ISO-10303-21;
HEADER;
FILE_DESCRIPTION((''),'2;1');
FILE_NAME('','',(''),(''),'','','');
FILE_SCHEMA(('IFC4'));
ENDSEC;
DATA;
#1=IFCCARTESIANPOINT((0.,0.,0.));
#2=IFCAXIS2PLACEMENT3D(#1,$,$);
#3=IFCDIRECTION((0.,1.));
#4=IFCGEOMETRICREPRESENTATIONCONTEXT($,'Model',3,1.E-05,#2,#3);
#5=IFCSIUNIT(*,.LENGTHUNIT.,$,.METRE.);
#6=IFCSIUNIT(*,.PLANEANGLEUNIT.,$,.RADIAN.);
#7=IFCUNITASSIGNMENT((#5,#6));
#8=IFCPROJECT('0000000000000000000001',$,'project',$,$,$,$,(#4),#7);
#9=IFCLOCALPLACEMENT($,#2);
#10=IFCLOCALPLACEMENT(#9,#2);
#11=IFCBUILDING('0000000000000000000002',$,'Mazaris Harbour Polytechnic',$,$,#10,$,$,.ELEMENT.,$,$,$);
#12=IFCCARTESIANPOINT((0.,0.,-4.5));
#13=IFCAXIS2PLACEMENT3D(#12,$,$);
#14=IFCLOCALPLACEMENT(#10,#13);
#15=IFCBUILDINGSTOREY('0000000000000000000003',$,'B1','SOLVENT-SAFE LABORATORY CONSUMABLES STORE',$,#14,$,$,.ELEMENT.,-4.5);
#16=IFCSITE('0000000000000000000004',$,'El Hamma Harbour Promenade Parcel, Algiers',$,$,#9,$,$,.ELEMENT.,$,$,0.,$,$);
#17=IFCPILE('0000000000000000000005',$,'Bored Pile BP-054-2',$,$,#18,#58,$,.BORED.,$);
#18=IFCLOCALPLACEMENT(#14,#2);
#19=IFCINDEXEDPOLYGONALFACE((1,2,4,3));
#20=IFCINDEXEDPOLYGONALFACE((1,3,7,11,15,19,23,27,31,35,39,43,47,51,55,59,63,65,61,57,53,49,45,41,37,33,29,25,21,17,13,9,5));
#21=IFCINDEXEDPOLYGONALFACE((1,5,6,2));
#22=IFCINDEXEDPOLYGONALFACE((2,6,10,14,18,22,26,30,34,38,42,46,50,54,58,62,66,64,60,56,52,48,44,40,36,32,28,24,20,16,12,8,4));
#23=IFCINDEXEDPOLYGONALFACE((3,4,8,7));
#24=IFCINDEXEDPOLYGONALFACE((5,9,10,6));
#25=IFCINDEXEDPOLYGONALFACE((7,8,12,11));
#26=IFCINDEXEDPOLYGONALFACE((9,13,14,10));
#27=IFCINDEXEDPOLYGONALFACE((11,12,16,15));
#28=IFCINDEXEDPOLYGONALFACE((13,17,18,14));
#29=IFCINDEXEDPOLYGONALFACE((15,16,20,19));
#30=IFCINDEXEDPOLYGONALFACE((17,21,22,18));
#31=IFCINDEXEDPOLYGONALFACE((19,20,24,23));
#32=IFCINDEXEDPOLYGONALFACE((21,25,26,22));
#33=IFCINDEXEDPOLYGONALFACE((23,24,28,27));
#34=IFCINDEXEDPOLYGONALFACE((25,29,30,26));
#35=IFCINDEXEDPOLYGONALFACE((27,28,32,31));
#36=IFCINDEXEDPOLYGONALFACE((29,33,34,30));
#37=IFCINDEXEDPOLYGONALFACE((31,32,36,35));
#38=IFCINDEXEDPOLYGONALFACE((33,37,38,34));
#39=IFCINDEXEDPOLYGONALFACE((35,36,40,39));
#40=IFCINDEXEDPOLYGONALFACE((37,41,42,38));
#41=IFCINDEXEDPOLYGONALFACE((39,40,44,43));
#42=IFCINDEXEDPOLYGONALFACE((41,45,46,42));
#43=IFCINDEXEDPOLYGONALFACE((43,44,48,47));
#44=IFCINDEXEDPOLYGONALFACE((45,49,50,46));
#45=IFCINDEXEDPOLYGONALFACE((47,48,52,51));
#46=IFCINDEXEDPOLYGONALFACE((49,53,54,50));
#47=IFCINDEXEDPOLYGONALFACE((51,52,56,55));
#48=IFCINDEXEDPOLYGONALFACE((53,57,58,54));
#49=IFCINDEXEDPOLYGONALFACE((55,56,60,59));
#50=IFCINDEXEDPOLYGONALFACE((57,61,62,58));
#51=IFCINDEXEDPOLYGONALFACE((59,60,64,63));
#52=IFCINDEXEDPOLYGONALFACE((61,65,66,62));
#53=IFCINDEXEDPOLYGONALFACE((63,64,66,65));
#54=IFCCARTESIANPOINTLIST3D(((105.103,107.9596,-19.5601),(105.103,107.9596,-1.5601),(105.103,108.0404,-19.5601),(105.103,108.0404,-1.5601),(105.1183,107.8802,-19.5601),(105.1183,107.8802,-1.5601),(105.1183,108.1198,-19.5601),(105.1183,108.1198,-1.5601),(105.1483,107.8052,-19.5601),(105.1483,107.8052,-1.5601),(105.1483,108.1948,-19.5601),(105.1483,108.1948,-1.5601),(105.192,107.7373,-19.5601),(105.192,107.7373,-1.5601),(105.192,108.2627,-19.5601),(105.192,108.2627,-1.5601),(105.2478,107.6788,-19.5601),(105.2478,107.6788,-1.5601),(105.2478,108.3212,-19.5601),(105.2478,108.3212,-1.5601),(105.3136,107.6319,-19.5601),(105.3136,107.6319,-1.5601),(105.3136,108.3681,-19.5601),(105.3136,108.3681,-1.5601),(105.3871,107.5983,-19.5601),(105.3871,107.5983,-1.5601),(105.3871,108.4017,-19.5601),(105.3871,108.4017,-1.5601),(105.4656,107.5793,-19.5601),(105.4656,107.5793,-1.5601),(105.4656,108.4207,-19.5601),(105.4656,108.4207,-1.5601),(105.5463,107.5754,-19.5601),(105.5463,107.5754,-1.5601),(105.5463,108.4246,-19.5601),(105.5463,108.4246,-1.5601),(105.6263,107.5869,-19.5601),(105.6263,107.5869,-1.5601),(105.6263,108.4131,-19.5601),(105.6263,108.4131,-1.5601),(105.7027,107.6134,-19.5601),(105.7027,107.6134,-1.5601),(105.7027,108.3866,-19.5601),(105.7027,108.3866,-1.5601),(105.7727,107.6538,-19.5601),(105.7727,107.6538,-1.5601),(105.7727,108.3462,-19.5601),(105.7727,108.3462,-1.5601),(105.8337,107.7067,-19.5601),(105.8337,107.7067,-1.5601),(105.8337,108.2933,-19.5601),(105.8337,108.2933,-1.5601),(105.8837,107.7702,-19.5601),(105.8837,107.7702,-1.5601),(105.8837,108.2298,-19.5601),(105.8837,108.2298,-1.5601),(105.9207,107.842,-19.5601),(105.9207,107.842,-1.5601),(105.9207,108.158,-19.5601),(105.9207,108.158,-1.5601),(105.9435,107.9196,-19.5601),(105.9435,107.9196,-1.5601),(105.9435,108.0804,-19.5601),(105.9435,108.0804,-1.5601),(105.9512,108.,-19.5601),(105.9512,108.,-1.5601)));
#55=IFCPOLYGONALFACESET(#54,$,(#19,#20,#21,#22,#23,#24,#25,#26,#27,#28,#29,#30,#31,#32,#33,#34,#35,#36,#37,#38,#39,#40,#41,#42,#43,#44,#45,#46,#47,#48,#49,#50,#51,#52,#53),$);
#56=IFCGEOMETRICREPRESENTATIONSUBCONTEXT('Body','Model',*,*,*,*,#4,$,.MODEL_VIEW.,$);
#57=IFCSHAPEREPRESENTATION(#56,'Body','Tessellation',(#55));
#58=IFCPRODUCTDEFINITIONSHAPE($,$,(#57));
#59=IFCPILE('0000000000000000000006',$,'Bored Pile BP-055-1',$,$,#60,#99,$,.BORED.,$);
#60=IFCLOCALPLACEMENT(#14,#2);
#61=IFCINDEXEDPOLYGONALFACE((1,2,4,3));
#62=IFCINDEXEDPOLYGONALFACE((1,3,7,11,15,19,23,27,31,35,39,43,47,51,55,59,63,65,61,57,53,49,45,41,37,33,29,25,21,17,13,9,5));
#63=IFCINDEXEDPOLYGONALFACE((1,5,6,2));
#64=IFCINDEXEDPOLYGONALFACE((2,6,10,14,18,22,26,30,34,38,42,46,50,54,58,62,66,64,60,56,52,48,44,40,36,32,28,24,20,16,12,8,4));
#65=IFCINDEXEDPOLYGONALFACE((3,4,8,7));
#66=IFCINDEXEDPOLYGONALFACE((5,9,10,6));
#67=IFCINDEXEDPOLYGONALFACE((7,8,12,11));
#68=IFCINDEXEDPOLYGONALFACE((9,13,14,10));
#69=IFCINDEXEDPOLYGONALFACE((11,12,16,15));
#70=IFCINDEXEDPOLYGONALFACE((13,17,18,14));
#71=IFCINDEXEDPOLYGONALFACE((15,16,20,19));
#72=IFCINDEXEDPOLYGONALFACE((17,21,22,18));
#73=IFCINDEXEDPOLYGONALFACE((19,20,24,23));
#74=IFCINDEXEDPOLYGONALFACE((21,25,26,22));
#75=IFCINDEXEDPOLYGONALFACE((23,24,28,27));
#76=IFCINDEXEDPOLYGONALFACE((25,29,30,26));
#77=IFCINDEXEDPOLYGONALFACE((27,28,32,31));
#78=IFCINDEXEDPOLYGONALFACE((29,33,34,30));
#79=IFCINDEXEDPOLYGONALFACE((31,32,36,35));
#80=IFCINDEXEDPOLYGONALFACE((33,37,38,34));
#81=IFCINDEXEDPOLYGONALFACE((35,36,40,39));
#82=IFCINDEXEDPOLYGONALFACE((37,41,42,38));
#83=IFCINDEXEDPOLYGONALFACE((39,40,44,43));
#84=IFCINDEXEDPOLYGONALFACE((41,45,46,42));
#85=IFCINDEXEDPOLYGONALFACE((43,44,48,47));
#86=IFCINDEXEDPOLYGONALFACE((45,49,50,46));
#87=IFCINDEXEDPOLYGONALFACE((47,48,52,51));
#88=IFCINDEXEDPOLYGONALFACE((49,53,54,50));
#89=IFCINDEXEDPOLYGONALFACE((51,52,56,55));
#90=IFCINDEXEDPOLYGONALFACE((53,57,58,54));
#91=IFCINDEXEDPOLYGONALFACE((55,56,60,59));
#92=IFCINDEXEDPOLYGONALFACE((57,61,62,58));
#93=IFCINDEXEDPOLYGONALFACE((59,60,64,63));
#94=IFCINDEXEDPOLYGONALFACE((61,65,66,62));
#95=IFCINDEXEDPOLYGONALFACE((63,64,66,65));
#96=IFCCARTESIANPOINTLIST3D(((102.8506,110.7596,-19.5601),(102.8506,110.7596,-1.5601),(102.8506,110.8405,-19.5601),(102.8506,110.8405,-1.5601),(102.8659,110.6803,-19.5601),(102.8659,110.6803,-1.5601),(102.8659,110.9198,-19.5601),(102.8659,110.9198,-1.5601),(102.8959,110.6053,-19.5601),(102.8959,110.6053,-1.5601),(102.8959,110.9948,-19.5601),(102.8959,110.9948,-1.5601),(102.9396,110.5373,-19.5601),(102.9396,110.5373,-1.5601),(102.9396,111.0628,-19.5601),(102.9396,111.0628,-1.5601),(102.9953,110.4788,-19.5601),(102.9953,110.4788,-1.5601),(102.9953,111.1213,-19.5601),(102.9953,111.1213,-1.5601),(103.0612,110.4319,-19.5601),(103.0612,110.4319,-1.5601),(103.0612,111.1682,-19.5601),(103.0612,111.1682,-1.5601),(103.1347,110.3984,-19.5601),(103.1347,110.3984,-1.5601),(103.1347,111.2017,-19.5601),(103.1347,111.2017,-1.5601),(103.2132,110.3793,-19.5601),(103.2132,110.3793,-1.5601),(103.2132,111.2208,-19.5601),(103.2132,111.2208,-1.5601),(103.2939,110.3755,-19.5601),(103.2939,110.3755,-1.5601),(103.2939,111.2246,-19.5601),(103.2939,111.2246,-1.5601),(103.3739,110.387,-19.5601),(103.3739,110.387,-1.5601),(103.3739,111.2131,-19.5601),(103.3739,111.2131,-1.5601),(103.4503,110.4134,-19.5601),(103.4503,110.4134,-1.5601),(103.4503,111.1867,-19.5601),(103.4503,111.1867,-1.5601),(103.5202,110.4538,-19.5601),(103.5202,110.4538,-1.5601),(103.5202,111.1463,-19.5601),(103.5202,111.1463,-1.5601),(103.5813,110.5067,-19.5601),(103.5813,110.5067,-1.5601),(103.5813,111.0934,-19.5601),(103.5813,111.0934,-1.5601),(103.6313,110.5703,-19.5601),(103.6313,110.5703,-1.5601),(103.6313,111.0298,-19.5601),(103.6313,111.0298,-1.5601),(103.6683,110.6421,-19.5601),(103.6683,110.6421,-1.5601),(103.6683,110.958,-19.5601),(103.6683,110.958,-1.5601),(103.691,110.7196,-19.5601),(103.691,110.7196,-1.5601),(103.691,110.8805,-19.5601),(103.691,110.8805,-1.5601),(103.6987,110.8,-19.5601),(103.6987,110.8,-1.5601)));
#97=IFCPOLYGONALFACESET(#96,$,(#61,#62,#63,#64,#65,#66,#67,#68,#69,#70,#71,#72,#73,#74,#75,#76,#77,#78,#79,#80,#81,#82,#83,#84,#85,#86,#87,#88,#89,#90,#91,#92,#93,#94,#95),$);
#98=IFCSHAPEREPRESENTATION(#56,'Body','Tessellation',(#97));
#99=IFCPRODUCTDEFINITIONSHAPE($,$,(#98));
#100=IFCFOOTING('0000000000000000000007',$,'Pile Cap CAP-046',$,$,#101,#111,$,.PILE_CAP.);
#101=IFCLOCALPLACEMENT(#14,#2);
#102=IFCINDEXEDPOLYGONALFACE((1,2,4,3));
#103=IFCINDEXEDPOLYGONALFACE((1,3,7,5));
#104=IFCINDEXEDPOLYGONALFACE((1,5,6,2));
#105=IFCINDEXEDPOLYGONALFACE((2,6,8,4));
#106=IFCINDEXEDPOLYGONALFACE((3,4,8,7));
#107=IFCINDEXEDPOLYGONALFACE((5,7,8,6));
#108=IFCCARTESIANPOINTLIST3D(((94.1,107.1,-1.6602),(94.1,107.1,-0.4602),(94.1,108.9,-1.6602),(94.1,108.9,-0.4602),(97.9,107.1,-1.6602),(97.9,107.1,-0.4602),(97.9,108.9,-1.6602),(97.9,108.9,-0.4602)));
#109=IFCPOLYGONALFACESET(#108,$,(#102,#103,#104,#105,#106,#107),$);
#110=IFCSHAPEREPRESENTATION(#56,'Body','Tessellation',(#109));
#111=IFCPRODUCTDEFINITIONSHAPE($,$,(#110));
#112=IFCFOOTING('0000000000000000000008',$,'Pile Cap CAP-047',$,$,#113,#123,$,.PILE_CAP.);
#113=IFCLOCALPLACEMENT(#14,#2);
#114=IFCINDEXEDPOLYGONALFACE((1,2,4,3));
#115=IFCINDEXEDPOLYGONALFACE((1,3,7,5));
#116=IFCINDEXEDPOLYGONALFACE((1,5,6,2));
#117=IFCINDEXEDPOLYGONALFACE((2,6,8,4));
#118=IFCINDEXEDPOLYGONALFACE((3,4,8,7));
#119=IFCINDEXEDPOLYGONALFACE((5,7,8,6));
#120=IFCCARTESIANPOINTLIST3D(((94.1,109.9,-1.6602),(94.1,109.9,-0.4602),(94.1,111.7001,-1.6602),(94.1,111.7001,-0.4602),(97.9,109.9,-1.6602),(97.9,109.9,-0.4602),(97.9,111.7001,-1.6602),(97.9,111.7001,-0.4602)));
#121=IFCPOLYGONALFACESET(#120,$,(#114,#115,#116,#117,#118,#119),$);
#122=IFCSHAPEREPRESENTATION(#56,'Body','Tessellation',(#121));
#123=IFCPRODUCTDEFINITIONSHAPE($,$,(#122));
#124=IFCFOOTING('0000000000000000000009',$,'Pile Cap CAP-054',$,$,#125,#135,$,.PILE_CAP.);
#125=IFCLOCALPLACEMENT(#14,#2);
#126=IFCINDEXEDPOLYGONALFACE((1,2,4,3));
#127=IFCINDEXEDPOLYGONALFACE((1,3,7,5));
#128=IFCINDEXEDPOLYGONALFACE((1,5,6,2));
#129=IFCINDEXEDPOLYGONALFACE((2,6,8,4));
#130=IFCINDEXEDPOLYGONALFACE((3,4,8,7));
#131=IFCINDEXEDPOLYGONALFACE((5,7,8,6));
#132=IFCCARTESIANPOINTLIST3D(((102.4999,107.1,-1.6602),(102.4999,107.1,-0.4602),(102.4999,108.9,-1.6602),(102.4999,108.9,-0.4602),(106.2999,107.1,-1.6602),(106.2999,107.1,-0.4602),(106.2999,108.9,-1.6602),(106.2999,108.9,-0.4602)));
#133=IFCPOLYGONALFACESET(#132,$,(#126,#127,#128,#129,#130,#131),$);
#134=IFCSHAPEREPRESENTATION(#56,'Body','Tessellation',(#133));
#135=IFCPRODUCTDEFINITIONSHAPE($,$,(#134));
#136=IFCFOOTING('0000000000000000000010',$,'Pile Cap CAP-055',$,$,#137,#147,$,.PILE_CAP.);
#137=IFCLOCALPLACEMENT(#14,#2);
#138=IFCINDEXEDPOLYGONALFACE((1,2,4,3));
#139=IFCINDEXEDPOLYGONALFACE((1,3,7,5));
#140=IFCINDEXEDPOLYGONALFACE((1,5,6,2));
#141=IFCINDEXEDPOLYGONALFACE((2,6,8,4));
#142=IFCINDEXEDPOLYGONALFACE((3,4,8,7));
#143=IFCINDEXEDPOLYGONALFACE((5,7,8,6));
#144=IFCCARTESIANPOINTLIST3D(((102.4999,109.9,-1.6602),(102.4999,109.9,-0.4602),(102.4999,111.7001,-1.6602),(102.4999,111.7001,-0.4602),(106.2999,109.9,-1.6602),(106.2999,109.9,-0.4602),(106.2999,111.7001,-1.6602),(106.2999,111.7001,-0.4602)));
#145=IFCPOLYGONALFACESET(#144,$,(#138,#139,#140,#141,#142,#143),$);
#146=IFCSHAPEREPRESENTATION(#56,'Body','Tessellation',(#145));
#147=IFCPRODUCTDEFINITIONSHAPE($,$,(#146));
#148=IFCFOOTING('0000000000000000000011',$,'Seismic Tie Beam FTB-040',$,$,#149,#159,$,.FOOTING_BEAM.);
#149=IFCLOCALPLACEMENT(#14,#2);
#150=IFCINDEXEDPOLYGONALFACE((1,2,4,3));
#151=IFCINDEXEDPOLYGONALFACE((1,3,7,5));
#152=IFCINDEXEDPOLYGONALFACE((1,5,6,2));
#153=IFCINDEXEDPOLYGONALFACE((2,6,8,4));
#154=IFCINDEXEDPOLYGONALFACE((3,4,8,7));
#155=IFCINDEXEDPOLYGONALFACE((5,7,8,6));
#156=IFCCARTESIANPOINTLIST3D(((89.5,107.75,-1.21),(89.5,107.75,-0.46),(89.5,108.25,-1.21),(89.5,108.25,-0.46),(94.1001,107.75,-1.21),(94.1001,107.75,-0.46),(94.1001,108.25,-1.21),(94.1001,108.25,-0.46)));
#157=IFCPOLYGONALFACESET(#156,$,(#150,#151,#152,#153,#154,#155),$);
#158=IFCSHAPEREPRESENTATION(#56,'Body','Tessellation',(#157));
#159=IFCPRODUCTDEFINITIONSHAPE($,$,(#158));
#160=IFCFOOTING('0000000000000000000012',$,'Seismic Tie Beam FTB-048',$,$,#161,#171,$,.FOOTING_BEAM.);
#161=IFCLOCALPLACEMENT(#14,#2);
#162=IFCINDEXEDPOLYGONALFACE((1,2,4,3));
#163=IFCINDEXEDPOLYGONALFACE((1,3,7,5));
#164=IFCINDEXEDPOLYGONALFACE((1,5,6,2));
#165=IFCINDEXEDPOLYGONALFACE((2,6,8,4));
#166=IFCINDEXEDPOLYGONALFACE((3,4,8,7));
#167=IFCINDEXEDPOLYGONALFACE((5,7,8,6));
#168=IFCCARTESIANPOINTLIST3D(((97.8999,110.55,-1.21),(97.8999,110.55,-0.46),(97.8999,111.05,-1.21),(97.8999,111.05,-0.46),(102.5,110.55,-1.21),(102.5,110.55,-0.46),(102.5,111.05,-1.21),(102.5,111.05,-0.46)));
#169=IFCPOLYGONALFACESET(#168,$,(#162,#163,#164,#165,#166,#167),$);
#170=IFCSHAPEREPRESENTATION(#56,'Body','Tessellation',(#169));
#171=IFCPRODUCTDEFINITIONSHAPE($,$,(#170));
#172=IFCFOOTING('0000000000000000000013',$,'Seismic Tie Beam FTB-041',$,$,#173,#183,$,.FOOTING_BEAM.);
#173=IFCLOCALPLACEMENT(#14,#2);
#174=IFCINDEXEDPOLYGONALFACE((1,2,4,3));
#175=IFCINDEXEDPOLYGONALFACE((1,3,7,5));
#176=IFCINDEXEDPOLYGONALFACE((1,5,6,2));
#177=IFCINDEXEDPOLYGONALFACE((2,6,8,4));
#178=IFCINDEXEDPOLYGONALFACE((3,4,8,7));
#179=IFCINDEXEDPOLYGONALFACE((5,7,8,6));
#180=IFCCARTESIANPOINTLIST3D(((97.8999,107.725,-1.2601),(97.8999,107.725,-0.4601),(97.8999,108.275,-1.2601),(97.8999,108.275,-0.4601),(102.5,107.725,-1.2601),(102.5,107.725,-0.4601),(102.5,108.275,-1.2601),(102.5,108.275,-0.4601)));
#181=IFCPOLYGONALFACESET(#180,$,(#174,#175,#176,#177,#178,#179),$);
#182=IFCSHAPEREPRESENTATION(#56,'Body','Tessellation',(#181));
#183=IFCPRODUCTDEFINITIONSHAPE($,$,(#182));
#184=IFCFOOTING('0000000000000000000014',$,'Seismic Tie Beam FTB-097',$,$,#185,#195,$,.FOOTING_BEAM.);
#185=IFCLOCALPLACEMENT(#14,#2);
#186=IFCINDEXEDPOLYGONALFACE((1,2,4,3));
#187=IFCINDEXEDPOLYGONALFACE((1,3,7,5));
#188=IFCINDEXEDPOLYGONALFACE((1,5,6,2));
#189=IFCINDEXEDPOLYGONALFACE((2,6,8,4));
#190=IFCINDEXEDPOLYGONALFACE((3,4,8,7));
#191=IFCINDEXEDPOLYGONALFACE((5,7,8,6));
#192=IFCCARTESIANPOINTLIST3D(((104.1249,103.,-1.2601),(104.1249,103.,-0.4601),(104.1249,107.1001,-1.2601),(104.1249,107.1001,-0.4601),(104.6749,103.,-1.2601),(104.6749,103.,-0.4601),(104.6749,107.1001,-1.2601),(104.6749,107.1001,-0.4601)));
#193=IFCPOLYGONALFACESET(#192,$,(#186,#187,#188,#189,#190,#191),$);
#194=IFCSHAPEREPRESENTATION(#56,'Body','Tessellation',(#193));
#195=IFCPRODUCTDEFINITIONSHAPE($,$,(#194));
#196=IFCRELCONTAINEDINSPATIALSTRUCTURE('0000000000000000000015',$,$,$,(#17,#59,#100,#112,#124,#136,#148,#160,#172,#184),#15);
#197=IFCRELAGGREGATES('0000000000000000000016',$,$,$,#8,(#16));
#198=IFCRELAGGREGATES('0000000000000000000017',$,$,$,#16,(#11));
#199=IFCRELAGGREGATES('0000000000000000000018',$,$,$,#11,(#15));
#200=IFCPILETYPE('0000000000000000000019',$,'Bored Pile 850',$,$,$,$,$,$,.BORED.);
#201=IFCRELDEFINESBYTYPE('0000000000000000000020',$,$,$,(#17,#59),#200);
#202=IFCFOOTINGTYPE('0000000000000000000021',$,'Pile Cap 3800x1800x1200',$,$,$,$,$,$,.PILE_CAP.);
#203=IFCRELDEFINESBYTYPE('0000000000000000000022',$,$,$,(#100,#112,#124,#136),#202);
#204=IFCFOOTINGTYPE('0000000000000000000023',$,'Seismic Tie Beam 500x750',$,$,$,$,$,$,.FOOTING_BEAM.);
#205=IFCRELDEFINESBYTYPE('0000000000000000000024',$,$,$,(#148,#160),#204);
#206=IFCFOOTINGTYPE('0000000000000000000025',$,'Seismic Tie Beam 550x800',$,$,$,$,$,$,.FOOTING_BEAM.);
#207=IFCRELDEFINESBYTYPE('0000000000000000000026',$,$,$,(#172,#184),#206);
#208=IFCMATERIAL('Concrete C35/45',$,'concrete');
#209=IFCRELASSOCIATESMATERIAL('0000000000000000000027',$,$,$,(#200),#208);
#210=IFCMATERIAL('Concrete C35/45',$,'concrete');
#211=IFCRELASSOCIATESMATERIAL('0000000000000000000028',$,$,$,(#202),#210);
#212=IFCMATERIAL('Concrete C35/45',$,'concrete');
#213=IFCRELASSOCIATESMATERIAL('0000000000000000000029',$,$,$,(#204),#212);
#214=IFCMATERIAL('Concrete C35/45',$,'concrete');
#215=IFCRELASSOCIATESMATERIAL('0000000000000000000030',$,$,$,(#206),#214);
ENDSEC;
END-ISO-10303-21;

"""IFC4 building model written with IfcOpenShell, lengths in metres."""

from ifc_helpers import new_model, si_unit, direction, frame, origin, origin_2d, place, context, subcontext, project, spatial, rectangle, circle, extrude, material, material_profile, profile_set, type_object, element, save


model = new_model("IFC4")

# Units and contexts
model_context = context("Model", 3, precision=1e-05, world=origin(), true_north=direction((0.0, 1.0)))
body_context = subcontext(model_context, "Body", "Model", "MODEL_VIEW")
ifc_project = project(units=[si_unit("LENGTHUNIT", "METRE"), si_unit("PLANEANGLEUNIT", "RADIAN")], contexts=[model_context])

# Site, building, storey
site_placement = place(None, origin())
site = spatial("IfcSite", under=ifc_project, at=site_placement, Name="El Hamma Harbour Promenade Parcel, Algiers", CompositionType="ELEMENT", RefElevation=0.0)
building_placement = place(site_placement, origin())
building = spatial("IfcBuilding", under=site, at=building_placement, Name="Mazaris Harbour Polytechnic", CompositionType="ELEMENT")
storey_placement = place(building_placement, frame((0.0, 0.0, -4.5)))
storey = spatial("IfcBuildingStorey", under=building, at=storey_placement, Name="B1", Description="SOLVENT-SAFE LABORATORY CONSUMABLES STORE", CompositionType="ELEMENT", Elevation=-4.5)

# Piles
ifc_material_1 = material(Name="Concrete C35/45", Category="concrete")
ifc_material_profile_1 = material_profile(ifc_material_1, circle(Radius=0.425, at=origin_2d()), Name="DIA850")
ifc_profile_set_1 = profile_set([ifc_material_profile_1], Name="Concrete C35/45")
pile_type_1 = type_object("IfcPileType", Name="Bored Pile 850", PredefinedType="BORED", material=ifc_profile_set_1)
for number, where, z_axis, x_axis, name in (
    (1, (105.5261, 108.0, -1.5601), (0.0, 0.0, -1.0), (1.0, 0.0, 0.0), "Bored Pile BP-054-2"),
    (2, (103.2737, 110.8, -1.5601), (0.0, 0.0, -1.0), (1.0, 0.0, 0.0), "Bored Pile BP-055-1"),
):
    element("IfcPile", number, at=place(storey_placement, frame(where, z_axis=z_axis, x_axis=x_axis)), inside=storey, type_object=pile_type_1, Name=name, PredefinedType="BORED", context=body_context, shape_type="SweptSolid", body=[
        extrude(circle(Radius=0.425, at=origin_2d()), origin(), (0.0, 0.0, 1.0), 18.0),
    ])

# Footings
ifc_material_2 = material(Name="Concrete C35/45", Category="concrete")
footing_type_1 = type_object("IfcFootingType", Name="Pile Cap 3800x1800x1200", PredefinedType="PILE_CAP", material=ifc_material_2)
for number, where, z_axis, x_axis, name in (
    (3, (96.0, 108.0, -1.6602), (0.0, 0.0, 1.0), (1.0, 0.0, 0.0), "Pile Cap CAP-046"),
    (4, (96.0, 110.8, -1.6602), (0.0, 0.0, 1.0), (1.0, 0.0, 0.0), "Pile Cap CAP-047"),
    (5, (104.3999, 108.0, -1.6602), (0.0, 0.0, 1.0), (1.0, 0.0, 0.0), "Pile Cap CAP-054"),
    (6, (104.3999, 110.8, -1.6602), (0.0, 0.0, 1.0), (1.0, 0.0, 0.0), "Pile Cap CAP-055"),
):
    element("IfcFooting", number, at=place(storey_placement, frame(where, z_axis=z_axis, x_axis=x_axis)), inside=storey, type_object=footing_type_1, Name=name, PredefinedType="PILE_CAP", context=body_context, shape_type="SweptSolid", body=[
        extrude(rectangle(XDim=3.8, YDim=1.8, at=origin_2d()), origin(), (0.0, 0.0, 1.0), 1.2),
    ])
ifc_material_3 = material(Name="Concrete C35/45", Category="concrete")
ifc_material_profile_2 = material_profile(ifc_material_3, rectangle(XDim=0.5, YDim=0.75, at=origin_2d()), Name="RECT500x750")
ifc_profile_set_2 = profile_set([ifc_material_profile_2], Name="Concrete C35/45")
footing_type_2 = type_object("IfcFootingType", Name="Seismic Tie Beam 500x750", PredefinedType="FOOTING_BEAM", material=ifc_profile_set_2)
for number, where, z_axis, x_axis, name in (
    (7, (89.5, 108.0, -0.835), (1.0, 0.0, 0.0), (0.0, 1.0, 0.0), "Seismic Tie Beam FTB-040"),
    (8, (97.8999, 110.8, -0.835), (1.0, 0.0, 0.0), (0.0, 1.0, 0.0), "Seismic Tie Beam FTB-048"),
):
    element("IfcFooting", number, at=place(storey_placement, frame(where, z_axis=z_axis, x_axis=x_axis)), inside=storey, type_object=footing_type_2, Name=name, PredefinedType="FOOTING_BEAM", context=body_context, shape_type="SweptSolid", body=[
        extrude(rectangle(XDim=0.5, YDim=0.75, at=origin_2d()), origin(), (0.0, 0.0, 1.0), 4.6001),
    ])
ifc_material_4 = material(Name="Concrete C35/45", Category="concrete")
ifc_material_profile_3 = material_profile(ifc_material_4, rectangle(XDim=0.55, YDim=0.8, at=origin_2d()), Name="RECT550x800")
ifc_profile_set_3 = profile_set([ifc_material_profile_3], Name="Concrete C35/45")
footing_type_3 = type_object("IfcFootingType", Name="Seismic Tie Beam 550x800", PredefinedType="FOOTING_BEAM", material=ifc_profile_set_3)
footing_1_placement = place(storey_placement, frame((97.8999, 108.0, -0.8601), z_axis=(1.0, 0.0, 0.0), x_axis=(0.0, 1.0, 0.0)))
element("IfcFooting", 9, at=footing_1_placement, inside=storey, type_object=footing_type_3, Name="Seismic Tie Beam FTB-041", PredefinedType="FOOTING_BEAM", context=body_context, shape_type="SweptSolid", body=[
    extrude(rectangle(XDim=0.55, YDim=0.8, at=origin_2d()), origin(), (0.0, 0.0, 1.0), 4.6001),
])
footing_2_placement = place(storey_placement, frame((104.3999, 103.0, -0.8601), z_axis=(0.0, 1.0, 0.0), x_axis=(-1.0, 0.0, 0.0)))
element("IfcFooting", 10, at=footing_2_placement, inside=storey, type_object=footing_type_3, Name="Seismic Tie Beam FTB-097", PredefinedType="FOOTING_BEAM", context=body_context, shape_type="SweptSolid", body=[
    extrude(rectangle(XDim=0.55, YDim=0.8, at=origin_2d()), origin(), (0.0, 0.0, 1.0), 4.1001),
])

save(model, "model.ifc")
